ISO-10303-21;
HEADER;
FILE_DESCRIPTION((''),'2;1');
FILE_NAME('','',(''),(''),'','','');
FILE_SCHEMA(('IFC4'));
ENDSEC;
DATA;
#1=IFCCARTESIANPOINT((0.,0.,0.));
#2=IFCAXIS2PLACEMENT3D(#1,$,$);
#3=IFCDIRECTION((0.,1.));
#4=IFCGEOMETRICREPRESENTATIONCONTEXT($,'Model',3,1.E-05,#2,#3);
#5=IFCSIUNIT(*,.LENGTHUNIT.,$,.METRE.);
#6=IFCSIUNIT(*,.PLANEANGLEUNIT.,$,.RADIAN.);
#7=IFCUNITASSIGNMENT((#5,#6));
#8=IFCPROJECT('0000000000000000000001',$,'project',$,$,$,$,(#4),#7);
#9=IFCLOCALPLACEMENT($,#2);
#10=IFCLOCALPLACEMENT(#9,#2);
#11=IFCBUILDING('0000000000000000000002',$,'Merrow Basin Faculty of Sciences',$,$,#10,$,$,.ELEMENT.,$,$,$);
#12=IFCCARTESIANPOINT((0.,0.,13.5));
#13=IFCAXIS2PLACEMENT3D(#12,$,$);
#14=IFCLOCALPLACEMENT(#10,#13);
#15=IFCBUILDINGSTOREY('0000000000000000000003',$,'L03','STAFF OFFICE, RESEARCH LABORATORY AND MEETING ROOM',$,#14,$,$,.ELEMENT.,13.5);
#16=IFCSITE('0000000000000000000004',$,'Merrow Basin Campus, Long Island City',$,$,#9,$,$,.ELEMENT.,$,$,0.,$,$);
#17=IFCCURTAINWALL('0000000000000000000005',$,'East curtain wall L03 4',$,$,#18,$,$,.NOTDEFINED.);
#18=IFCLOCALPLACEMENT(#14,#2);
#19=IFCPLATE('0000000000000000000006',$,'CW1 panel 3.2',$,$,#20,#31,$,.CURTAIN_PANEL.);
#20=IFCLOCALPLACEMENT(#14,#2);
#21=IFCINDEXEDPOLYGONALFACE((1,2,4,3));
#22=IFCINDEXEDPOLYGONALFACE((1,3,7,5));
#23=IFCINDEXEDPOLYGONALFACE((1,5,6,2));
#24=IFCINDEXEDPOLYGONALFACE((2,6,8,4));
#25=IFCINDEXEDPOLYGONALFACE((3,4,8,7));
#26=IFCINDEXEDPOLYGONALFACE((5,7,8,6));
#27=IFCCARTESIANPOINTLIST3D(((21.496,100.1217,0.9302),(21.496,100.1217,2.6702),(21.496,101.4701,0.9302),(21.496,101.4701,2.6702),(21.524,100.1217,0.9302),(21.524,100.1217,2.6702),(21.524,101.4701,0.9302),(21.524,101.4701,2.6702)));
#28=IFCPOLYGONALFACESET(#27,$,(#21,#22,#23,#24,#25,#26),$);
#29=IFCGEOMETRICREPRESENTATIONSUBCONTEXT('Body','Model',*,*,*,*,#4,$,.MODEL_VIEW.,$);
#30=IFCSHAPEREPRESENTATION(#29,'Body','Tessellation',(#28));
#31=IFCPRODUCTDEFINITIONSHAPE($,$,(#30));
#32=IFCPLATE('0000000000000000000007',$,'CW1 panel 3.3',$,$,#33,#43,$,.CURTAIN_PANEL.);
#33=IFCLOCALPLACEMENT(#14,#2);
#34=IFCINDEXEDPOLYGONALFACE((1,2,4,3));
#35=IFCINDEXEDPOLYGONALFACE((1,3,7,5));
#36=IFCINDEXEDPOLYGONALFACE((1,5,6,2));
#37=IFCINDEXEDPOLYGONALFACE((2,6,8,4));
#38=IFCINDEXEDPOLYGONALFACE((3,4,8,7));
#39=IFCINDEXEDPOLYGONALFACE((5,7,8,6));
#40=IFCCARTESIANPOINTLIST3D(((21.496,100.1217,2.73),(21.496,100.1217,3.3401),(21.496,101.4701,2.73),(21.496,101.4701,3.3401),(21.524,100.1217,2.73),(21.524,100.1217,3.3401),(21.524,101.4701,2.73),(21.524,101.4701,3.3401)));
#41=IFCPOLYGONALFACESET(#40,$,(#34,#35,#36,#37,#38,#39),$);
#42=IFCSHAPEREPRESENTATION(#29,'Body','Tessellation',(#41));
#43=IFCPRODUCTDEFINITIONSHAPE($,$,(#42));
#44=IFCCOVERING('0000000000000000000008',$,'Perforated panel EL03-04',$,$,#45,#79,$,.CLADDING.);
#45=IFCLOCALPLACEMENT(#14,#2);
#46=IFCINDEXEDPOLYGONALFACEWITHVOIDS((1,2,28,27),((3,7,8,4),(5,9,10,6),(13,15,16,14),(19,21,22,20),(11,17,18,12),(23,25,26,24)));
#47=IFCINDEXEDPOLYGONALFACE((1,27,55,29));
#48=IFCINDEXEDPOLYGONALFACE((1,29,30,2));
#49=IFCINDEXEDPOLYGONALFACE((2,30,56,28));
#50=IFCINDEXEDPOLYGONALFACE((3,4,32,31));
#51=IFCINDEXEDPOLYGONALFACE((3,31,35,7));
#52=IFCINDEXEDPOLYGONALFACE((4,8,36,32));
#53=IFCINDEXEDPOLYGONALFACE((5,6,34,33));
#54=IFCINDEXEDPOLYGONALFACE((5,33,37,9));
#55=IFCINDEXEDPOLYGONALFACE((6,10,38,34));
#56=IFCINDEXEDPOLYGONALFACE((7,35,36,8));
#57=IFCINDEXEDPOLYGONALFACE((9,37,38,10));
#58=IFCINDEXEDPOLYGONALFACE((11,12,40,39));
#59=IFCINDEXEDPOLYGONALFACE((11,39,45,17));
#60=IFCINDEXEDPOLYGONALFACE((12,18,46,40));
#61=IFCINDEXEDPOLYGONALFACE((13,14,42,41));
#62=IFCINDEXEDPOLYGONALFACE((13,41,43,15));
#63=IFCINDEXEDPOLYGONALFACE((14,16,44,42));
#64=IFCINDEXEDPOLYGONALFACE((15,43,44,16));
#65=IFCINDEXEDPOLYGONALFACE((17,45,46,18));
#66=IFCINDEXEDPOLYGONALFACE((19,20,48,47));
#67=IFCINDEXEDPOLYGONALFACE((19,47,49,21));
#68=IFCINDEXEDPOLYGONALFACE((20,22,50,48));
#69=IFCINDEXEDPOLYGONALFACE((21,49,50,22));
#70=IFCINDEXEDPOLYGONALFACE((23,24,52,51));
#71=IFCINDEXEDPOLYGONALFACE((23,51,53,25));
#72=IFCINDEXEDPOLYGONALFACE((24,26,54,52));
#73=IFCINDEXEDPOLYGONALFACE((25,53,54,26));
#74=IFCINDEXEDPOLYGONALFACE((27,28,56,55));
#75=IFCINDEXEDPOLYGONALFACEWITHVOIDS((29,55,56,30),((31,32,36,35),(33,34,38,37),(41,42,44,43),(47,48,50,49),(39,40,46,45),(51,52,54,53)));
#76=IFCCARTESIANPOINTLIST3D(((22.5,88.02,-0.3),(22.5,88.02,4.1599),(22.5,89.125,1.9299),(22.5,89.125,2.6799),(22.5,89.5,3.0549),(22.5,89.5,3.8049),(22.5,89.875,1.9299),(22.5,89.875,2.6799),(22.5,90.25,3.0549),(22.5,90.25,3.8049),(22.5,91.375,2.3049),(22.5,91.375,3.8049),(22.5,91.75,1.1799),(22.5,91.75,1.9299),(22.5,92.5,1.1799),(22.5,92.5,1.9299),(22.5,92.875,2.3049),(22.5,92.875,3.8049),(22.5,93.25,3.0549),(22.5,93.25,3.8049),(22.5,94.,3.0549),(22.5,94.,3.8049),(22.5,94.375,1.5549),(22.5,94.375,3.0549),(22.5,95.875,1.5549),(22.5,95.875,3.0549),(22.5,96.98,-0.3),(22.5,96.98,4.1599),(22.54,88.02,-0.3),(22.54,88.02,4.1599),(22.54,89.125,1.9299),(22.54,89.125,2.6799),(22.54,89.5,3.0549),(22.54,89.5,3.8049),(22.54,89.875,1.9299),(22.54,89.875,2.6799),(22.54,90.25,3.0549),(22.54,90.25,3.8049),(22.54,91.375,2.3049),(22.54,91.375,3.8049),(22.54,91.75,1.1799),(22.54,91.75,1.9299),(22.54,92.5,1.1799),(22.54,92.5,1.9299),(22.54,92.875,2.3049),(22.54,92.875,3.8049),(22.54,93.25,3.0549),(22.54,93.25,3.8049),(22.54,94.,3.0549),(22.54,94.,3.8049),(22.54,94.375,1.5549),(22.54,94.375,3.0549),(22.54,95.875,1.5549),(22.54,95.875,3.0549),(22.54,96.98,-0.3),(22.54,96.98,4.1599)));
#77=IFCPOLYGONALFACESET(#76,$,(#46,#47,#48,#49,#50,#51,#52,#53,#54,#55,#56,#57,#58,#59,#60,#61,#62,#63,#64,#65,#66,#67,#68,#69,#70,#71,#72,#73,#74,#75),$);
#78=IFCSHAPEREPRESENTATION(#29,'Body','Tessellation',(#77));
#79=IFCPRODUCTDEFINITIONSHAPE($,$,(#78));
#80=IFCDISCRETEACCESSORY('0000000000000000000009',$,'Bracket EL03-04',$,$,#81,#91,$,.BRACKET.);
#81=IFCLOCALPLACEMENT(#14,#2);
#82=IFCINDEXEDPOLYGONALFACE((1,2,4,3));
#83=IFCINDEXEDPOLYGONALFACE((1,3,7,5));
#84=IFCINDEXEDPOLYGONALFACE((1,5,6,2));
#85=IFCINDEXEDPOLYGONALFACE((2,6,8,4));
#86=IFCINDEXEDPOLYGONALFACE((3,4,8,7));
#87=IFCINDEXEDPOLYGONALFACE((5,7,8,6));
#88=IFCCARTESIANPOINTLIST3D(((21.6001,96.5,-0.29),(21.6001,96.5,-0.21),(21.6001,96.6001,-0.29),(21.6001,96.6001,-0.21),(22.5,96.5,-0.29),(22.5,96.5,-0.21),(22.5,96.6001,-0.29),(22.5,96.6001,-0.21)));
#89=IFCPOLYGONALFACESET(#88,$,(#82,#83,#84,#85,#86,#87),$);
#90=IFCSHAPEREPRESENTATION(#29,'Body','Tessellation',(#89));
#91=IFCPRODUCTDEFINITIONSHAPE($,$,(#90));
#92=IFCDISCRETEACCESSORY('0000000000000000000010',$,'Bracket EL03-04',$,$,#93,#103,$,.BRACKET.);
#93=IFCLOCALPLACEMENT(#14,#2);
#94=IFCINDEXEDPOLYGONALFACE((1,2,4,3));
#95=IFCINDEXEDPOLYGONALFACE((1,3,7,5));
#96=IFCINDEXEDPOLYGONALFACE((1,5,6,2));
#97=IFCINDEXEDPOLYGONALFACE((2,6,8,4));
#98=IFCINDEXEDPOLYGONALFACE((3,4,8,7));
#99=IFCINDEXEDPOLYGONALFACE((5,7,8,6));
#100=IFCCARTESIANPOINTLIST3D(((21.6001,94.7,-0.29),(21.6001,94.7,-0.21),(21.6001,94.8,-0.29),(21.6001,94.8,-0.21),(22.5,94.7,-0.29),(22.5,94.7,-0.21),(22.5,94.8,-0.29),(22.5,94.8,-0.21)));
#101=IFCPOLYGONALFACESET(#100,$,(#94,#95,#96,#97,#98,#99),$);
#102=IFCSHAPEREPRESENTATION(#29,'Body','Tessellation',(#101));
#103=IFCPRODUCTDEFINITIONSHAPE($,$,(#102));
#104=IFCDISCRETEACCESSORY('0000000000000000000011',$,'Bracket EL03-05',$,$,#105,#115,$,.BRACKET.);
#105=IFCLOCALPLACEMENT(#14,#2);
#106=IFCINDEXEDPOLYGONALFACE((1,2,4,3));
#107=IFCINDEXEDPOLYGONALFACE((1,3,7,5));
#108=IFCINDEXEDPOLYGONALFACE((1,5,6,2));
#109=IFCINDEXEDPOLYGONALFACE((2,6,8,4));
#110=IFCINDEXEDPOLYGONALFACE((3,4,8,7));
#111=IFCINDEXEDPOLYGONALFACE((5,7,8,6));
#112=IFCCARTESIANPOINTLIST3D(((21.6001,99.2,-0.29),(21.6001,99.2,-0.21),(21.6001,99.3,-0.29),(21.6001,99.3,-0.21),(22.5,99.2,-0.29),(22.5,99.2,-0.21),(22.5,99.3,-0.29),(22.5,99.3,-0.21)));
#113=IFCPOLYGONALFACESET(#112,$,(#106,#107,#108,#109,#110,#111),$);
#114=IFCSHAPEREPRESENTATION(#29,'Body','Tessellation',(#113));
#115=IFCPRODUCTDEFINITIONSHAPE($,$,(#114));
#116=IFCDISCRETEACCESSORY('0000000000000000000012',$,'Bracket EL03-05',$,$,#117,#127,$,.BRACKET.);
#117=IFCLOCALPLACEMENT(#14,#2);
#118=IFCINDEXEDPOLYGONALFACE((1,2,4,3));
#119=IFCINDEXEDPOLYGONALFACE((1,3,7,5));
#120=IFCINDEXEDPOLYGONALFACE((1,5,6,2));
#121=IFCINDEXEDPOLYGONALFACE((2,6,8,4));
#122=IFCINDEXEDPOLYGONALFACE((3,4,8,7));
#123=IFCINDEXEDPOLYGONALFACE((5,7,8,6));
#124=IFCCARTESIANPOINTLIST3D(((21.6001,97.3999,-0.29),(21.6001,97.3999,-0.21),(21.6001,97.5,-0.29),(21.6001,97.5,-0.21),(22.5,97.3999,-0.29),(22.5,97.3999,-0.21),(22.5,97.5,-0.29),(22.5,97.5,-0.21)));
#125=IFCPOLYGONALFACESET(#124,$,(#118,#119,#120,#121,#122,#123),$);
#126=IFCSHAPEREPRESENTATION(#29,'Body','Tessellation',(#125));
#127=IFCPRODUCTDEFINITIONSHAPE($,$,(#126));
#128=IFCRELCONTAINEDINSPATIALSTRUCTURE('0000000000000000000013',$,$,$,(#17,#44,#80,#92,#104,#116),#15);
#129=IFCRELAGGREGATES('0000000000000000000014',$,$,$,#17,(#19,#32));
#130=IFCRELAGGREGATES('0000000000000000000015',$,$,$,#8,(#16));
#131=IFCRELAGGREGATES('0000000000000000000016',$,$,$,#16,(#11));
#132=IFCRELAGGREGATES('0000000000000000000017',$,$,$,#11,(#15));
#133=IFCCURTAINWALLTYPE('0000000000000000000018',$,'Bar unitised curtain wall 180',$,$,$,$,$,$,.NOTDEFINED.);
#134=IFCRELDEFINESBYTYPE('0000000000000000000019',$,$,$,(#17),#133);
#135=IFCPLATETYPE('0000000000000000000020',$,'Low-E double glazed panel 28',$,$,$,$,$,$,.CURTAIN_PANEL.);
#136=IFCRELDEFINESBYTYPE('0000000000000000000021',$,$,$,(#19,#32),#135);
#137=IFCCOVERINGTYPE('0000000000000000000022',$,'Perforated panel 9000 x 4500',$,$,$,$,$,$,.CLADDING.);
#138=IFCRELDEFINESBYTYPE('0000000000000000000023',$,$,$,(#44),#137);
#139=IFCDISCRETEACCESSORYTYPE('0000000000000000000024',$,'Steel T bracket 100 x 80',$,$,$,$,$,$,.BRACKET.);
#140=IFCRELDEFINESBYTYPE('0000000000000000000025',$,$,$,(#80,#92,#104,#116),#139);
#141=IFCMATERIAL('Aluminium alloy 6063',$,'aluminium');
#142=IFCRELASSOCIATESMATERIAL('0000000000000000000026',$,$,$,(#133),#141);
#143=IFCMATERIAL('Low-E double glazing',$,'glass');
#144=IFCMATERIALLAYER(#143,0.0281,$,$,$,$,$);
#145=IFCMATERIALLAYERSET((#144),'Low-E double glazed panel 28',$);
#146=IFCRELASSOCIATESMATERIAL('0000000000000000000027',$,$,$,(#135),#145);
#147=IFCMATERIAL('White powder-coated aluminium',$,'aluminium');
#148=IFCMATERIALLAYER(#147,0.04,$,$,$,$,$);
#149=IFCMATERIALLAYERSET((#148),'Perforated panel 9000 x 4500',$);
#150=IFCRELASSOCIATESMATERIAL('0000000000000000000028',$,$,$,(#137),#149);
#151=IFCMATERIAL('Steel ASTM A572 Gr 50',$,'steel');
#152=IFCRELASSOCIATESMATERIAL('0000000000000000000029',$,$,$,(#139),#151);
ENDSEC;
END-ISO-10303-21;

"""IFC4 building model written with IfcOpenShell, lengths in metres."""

from ifc_helpers import new_model, si_unit, direction, frame, origin, origin_2d, place, context, subcontext, project, spatial, polyline, rectangle, outline, extrude, source, transform, mapped, material, layer, layer_set, type_object, element, aggregate, save


model = new_model("IFC4")

# Units and contexts
model_context = context("Model", 3, precision=1e-05, world=origin(), true_north=direction((0.0, 1.0)))
body_context = subcontext(model_context, "Body", "Model", "MODEL_VIEW")
ifc_project = project(units=[si_unit("LENGTHUNIT", "METRE"), si_unit("PLANEANGLEUNIT", "RADIAN")], contexts=[model_context])

# Site, building, storey
site_placement = place(None, origin())
site = spatial("IfcSite", under=ifc_project, at=site_placement, Name="Merrow Basin Campus, Long Island City", CompositionType="ELEMENT", RefElevation=0.0)
building_placement = place(site_placement, origin())
building = spatial("IfcBuilding", under=site, at=building_placement, Name="Merrow Basin Faculty of Sciences", CompositionType="ELEMENT")
storey_placement = place(building_placement, frame((0.0, 0.0, 13.5)))
storey = spatial("IfcBuildingStorey", under=building, at=storey_placement, Name="L03", Description="STAFF OFFICE, RESEARCH LABORATORY AND MEETING ROOM", CompositionType="ELEMENT", Elevation=13.5)

# Curtain wall
ifc_material_1 = material(Name="Aluminium alloy 6063", Category="aluminium")
curtain_wall_type = type_object("IfcCurtainWallType", Name="Bar unitised curtain wall 180", PredefinedType="NOTDEFINED", material=ifc_material_1)
curtain_wall_placement = place(storey_placement, origin())
curtain_wall = element("IfcCurtainWall", 1, at=curtain_wall_placement, inside=storey, type_object=curtain_wall_type, Name="East curtain wall L03 4", PredefinedType="NOTDEFINED")

# Plates
ifc_material_2 = material(Name="Low-E double glazing", Category="glass")
ifc_layer_1 = layer(ifc_material_2, 0.0281)
ifc_layer_set_1 = layer_set([ifc_layer_1], Name="Low-E double glazed panel 28")
plate_type_1 = type_object("IfcPlateType", Name="Low-E double glazed panel 28", PredefinedType="CURTAIN_PANEL", material=ifc_layer_set_1)
plate_1_placement = place(storey_placement, frame((21.51, 100.7959, 0.9302), z_axis=(0.0, 0.0, 1.0), x_axis=(0.0, 1.0, 0.0)))
plate_1 = element("IfcPlate", 2, at=plate_1_placement, type_object=plate_type_1, Name="CW1 panel 3.2", PredefinedType="CURTAIN_PANEL", context=body_context, shape_type="SweptSolid", body=[
    extrude(rectangle(XDim=1.3484, YDim=0.0281, at=origin_2d()), origin(), (0.0, 0.0, 1.0), 1.74),
])
plate_2_placement = place(storey_placement, frame((21.51, 100.7959, 2.73), z_axis=(0.0, 0.0, 1.0), x_axis=(0.0, 1.0, 0.0)))
plate_2 = element("IfcPlate", 3, at=plate_2_placement, type_object=plate_type_1, Name="CW1 panel 3.3", PredefinedType="CURTAIN_PANEL", context=body_context, shape_type="SweptSolid", body=[
    extrude(rectangle(XDim=1.3484, YDim=0.0281, at=origin_2d()), origin(), (0.0, 0.0, 1.0), 0.6101),
])
aggregate(curtain_wall, [plate_1, plate_2])

# Covering
ifc_material_3 = material(Name="White powder-coated aluminium", Category="aluminium")
ifc_layer_2 = layer(ifc_material_3, 0.04)
ifc_layer_set_2 = layer_set([ifc_layer_2], Name="Perforated panel 9000 x 4500")
covering_type = type_object("IfcCoveringType", Name="Perforated panel 9000 x 4500", PredefinedType="CLADDING", material=ifc_layer_set_2)
shared_shape_1 = source(origin(), body_context, "Body", "SweptSolid", [
    extrude(outline(polyline([(0.02, 0.02), (8.98, 0.02), (8.98, 4.48), (0.02, 4.48), (0.02, 0.02)]), holes=[polyline([(4.5, 1.5), (5.25, 1.5), (5.25, 2.25), (4.5, 2.25), (4.5, 1.5)]), polyline([(1.125, 1.875), (2.625, 1.875), (2.625, 3.375), (1.125, 3.375), (1.125, 1.875)]), polyline([(7.125, 2.25), (7.875, 2.25), (7.875, 3.0), (7.125, 3.0), (7.125, 2.25)]), polyline([(4.125, 2.625), (5.625, 2.625), (5.625, 4.125), (4.125, 4.125), (4.125, 2.625)]), polyline([(6.75, 3.375), (7.5, 3.375), (7.5, 4.125), (6.75, 4.125), (6.75, 3.375)]), polyline([(3.0, 3.375), (3.75, 3.375), (3.75, 4.125), (3.0, 4.125), (3.0, 3.375)])]), origin(), (0.0, 0.0, 1.0), 0.04),
])
covering_placement = place(storey_placement, frame((22.54, 97.0, -0.3201), z_axis=(-1.0, 0.0, 0.0), x_axis=(0.0, -1.0, 0.0)))
element("IfcCovering", 4, at=covering_placement, inside=storey, type_object=covering_type, Name="Perforated panel EL03-04", PredefinedType="CLADDING", context=body_context, shape_type="MappedRepresentation", body=[
    mapped(shared_shape_1, transform((0.0, 0.0, 0.0), scale=1.0)),
])

# Discrete accessories
ifc_material_4 = material(Name="Steel ASTM A572 Gr 50", Category="steel")
discrete_accessory_type = type_object("IfcDiscreteAccessoryType", Name="Steel T bracket 100 x 80", PredefinedType="BRACKET", material=ifc_material_4)
shared_shape_2 = source(origin(), body_context, "Body", "SweptSolid", [
    extrude(outline(polyline([(0.0, 0.0), (0.1001, 0.0), (0.1001, 0.0801), (0.0, 0.0801), (0.0, 0.0)])), origin(), (0.0, 0.0, 1.0), 0.8999),
])
for number, where, z_axis, x_axis, name in (
    (5, (22.5, 96.6001, -0.29), (-1.0, 0.0, 0.0), (0.0, -1.0, 0.0), "Bracket EL03-04"),
    (6, (22.5, 94.8, -0.29), (-1.0, 0.0, 0.0), (0.0, -1.0, 0.0), "Bracket EL03-04"),
    (7, (22.5, 99.3, -0.29), (-1.0, 0.0, 0.0), (0.0, -1.0, 0.0), "Bracket EL03-05"),
    (8, (22.5, 97.5, -0.29), (-1.0, 0.0, 0.0), (0.0, -1.0, 0.0), "Bracket EL03-05"),
):
    element("IfcDiscreteAccessory", number, at=place(storey_placement, frame(where, z_axis=z_axis, x_axis=x_axis)), inside=storey, type_object=discrete_accessory_type, Name=name, PredefinedType="BRACKET", context=body_context, shape_type="MappedRepresentation", body=[
        mapped(shared_shape_2, transform((0.0, 0.0, 0.0), scale=1.0)),
    ])

save(model, "model.ifc")
